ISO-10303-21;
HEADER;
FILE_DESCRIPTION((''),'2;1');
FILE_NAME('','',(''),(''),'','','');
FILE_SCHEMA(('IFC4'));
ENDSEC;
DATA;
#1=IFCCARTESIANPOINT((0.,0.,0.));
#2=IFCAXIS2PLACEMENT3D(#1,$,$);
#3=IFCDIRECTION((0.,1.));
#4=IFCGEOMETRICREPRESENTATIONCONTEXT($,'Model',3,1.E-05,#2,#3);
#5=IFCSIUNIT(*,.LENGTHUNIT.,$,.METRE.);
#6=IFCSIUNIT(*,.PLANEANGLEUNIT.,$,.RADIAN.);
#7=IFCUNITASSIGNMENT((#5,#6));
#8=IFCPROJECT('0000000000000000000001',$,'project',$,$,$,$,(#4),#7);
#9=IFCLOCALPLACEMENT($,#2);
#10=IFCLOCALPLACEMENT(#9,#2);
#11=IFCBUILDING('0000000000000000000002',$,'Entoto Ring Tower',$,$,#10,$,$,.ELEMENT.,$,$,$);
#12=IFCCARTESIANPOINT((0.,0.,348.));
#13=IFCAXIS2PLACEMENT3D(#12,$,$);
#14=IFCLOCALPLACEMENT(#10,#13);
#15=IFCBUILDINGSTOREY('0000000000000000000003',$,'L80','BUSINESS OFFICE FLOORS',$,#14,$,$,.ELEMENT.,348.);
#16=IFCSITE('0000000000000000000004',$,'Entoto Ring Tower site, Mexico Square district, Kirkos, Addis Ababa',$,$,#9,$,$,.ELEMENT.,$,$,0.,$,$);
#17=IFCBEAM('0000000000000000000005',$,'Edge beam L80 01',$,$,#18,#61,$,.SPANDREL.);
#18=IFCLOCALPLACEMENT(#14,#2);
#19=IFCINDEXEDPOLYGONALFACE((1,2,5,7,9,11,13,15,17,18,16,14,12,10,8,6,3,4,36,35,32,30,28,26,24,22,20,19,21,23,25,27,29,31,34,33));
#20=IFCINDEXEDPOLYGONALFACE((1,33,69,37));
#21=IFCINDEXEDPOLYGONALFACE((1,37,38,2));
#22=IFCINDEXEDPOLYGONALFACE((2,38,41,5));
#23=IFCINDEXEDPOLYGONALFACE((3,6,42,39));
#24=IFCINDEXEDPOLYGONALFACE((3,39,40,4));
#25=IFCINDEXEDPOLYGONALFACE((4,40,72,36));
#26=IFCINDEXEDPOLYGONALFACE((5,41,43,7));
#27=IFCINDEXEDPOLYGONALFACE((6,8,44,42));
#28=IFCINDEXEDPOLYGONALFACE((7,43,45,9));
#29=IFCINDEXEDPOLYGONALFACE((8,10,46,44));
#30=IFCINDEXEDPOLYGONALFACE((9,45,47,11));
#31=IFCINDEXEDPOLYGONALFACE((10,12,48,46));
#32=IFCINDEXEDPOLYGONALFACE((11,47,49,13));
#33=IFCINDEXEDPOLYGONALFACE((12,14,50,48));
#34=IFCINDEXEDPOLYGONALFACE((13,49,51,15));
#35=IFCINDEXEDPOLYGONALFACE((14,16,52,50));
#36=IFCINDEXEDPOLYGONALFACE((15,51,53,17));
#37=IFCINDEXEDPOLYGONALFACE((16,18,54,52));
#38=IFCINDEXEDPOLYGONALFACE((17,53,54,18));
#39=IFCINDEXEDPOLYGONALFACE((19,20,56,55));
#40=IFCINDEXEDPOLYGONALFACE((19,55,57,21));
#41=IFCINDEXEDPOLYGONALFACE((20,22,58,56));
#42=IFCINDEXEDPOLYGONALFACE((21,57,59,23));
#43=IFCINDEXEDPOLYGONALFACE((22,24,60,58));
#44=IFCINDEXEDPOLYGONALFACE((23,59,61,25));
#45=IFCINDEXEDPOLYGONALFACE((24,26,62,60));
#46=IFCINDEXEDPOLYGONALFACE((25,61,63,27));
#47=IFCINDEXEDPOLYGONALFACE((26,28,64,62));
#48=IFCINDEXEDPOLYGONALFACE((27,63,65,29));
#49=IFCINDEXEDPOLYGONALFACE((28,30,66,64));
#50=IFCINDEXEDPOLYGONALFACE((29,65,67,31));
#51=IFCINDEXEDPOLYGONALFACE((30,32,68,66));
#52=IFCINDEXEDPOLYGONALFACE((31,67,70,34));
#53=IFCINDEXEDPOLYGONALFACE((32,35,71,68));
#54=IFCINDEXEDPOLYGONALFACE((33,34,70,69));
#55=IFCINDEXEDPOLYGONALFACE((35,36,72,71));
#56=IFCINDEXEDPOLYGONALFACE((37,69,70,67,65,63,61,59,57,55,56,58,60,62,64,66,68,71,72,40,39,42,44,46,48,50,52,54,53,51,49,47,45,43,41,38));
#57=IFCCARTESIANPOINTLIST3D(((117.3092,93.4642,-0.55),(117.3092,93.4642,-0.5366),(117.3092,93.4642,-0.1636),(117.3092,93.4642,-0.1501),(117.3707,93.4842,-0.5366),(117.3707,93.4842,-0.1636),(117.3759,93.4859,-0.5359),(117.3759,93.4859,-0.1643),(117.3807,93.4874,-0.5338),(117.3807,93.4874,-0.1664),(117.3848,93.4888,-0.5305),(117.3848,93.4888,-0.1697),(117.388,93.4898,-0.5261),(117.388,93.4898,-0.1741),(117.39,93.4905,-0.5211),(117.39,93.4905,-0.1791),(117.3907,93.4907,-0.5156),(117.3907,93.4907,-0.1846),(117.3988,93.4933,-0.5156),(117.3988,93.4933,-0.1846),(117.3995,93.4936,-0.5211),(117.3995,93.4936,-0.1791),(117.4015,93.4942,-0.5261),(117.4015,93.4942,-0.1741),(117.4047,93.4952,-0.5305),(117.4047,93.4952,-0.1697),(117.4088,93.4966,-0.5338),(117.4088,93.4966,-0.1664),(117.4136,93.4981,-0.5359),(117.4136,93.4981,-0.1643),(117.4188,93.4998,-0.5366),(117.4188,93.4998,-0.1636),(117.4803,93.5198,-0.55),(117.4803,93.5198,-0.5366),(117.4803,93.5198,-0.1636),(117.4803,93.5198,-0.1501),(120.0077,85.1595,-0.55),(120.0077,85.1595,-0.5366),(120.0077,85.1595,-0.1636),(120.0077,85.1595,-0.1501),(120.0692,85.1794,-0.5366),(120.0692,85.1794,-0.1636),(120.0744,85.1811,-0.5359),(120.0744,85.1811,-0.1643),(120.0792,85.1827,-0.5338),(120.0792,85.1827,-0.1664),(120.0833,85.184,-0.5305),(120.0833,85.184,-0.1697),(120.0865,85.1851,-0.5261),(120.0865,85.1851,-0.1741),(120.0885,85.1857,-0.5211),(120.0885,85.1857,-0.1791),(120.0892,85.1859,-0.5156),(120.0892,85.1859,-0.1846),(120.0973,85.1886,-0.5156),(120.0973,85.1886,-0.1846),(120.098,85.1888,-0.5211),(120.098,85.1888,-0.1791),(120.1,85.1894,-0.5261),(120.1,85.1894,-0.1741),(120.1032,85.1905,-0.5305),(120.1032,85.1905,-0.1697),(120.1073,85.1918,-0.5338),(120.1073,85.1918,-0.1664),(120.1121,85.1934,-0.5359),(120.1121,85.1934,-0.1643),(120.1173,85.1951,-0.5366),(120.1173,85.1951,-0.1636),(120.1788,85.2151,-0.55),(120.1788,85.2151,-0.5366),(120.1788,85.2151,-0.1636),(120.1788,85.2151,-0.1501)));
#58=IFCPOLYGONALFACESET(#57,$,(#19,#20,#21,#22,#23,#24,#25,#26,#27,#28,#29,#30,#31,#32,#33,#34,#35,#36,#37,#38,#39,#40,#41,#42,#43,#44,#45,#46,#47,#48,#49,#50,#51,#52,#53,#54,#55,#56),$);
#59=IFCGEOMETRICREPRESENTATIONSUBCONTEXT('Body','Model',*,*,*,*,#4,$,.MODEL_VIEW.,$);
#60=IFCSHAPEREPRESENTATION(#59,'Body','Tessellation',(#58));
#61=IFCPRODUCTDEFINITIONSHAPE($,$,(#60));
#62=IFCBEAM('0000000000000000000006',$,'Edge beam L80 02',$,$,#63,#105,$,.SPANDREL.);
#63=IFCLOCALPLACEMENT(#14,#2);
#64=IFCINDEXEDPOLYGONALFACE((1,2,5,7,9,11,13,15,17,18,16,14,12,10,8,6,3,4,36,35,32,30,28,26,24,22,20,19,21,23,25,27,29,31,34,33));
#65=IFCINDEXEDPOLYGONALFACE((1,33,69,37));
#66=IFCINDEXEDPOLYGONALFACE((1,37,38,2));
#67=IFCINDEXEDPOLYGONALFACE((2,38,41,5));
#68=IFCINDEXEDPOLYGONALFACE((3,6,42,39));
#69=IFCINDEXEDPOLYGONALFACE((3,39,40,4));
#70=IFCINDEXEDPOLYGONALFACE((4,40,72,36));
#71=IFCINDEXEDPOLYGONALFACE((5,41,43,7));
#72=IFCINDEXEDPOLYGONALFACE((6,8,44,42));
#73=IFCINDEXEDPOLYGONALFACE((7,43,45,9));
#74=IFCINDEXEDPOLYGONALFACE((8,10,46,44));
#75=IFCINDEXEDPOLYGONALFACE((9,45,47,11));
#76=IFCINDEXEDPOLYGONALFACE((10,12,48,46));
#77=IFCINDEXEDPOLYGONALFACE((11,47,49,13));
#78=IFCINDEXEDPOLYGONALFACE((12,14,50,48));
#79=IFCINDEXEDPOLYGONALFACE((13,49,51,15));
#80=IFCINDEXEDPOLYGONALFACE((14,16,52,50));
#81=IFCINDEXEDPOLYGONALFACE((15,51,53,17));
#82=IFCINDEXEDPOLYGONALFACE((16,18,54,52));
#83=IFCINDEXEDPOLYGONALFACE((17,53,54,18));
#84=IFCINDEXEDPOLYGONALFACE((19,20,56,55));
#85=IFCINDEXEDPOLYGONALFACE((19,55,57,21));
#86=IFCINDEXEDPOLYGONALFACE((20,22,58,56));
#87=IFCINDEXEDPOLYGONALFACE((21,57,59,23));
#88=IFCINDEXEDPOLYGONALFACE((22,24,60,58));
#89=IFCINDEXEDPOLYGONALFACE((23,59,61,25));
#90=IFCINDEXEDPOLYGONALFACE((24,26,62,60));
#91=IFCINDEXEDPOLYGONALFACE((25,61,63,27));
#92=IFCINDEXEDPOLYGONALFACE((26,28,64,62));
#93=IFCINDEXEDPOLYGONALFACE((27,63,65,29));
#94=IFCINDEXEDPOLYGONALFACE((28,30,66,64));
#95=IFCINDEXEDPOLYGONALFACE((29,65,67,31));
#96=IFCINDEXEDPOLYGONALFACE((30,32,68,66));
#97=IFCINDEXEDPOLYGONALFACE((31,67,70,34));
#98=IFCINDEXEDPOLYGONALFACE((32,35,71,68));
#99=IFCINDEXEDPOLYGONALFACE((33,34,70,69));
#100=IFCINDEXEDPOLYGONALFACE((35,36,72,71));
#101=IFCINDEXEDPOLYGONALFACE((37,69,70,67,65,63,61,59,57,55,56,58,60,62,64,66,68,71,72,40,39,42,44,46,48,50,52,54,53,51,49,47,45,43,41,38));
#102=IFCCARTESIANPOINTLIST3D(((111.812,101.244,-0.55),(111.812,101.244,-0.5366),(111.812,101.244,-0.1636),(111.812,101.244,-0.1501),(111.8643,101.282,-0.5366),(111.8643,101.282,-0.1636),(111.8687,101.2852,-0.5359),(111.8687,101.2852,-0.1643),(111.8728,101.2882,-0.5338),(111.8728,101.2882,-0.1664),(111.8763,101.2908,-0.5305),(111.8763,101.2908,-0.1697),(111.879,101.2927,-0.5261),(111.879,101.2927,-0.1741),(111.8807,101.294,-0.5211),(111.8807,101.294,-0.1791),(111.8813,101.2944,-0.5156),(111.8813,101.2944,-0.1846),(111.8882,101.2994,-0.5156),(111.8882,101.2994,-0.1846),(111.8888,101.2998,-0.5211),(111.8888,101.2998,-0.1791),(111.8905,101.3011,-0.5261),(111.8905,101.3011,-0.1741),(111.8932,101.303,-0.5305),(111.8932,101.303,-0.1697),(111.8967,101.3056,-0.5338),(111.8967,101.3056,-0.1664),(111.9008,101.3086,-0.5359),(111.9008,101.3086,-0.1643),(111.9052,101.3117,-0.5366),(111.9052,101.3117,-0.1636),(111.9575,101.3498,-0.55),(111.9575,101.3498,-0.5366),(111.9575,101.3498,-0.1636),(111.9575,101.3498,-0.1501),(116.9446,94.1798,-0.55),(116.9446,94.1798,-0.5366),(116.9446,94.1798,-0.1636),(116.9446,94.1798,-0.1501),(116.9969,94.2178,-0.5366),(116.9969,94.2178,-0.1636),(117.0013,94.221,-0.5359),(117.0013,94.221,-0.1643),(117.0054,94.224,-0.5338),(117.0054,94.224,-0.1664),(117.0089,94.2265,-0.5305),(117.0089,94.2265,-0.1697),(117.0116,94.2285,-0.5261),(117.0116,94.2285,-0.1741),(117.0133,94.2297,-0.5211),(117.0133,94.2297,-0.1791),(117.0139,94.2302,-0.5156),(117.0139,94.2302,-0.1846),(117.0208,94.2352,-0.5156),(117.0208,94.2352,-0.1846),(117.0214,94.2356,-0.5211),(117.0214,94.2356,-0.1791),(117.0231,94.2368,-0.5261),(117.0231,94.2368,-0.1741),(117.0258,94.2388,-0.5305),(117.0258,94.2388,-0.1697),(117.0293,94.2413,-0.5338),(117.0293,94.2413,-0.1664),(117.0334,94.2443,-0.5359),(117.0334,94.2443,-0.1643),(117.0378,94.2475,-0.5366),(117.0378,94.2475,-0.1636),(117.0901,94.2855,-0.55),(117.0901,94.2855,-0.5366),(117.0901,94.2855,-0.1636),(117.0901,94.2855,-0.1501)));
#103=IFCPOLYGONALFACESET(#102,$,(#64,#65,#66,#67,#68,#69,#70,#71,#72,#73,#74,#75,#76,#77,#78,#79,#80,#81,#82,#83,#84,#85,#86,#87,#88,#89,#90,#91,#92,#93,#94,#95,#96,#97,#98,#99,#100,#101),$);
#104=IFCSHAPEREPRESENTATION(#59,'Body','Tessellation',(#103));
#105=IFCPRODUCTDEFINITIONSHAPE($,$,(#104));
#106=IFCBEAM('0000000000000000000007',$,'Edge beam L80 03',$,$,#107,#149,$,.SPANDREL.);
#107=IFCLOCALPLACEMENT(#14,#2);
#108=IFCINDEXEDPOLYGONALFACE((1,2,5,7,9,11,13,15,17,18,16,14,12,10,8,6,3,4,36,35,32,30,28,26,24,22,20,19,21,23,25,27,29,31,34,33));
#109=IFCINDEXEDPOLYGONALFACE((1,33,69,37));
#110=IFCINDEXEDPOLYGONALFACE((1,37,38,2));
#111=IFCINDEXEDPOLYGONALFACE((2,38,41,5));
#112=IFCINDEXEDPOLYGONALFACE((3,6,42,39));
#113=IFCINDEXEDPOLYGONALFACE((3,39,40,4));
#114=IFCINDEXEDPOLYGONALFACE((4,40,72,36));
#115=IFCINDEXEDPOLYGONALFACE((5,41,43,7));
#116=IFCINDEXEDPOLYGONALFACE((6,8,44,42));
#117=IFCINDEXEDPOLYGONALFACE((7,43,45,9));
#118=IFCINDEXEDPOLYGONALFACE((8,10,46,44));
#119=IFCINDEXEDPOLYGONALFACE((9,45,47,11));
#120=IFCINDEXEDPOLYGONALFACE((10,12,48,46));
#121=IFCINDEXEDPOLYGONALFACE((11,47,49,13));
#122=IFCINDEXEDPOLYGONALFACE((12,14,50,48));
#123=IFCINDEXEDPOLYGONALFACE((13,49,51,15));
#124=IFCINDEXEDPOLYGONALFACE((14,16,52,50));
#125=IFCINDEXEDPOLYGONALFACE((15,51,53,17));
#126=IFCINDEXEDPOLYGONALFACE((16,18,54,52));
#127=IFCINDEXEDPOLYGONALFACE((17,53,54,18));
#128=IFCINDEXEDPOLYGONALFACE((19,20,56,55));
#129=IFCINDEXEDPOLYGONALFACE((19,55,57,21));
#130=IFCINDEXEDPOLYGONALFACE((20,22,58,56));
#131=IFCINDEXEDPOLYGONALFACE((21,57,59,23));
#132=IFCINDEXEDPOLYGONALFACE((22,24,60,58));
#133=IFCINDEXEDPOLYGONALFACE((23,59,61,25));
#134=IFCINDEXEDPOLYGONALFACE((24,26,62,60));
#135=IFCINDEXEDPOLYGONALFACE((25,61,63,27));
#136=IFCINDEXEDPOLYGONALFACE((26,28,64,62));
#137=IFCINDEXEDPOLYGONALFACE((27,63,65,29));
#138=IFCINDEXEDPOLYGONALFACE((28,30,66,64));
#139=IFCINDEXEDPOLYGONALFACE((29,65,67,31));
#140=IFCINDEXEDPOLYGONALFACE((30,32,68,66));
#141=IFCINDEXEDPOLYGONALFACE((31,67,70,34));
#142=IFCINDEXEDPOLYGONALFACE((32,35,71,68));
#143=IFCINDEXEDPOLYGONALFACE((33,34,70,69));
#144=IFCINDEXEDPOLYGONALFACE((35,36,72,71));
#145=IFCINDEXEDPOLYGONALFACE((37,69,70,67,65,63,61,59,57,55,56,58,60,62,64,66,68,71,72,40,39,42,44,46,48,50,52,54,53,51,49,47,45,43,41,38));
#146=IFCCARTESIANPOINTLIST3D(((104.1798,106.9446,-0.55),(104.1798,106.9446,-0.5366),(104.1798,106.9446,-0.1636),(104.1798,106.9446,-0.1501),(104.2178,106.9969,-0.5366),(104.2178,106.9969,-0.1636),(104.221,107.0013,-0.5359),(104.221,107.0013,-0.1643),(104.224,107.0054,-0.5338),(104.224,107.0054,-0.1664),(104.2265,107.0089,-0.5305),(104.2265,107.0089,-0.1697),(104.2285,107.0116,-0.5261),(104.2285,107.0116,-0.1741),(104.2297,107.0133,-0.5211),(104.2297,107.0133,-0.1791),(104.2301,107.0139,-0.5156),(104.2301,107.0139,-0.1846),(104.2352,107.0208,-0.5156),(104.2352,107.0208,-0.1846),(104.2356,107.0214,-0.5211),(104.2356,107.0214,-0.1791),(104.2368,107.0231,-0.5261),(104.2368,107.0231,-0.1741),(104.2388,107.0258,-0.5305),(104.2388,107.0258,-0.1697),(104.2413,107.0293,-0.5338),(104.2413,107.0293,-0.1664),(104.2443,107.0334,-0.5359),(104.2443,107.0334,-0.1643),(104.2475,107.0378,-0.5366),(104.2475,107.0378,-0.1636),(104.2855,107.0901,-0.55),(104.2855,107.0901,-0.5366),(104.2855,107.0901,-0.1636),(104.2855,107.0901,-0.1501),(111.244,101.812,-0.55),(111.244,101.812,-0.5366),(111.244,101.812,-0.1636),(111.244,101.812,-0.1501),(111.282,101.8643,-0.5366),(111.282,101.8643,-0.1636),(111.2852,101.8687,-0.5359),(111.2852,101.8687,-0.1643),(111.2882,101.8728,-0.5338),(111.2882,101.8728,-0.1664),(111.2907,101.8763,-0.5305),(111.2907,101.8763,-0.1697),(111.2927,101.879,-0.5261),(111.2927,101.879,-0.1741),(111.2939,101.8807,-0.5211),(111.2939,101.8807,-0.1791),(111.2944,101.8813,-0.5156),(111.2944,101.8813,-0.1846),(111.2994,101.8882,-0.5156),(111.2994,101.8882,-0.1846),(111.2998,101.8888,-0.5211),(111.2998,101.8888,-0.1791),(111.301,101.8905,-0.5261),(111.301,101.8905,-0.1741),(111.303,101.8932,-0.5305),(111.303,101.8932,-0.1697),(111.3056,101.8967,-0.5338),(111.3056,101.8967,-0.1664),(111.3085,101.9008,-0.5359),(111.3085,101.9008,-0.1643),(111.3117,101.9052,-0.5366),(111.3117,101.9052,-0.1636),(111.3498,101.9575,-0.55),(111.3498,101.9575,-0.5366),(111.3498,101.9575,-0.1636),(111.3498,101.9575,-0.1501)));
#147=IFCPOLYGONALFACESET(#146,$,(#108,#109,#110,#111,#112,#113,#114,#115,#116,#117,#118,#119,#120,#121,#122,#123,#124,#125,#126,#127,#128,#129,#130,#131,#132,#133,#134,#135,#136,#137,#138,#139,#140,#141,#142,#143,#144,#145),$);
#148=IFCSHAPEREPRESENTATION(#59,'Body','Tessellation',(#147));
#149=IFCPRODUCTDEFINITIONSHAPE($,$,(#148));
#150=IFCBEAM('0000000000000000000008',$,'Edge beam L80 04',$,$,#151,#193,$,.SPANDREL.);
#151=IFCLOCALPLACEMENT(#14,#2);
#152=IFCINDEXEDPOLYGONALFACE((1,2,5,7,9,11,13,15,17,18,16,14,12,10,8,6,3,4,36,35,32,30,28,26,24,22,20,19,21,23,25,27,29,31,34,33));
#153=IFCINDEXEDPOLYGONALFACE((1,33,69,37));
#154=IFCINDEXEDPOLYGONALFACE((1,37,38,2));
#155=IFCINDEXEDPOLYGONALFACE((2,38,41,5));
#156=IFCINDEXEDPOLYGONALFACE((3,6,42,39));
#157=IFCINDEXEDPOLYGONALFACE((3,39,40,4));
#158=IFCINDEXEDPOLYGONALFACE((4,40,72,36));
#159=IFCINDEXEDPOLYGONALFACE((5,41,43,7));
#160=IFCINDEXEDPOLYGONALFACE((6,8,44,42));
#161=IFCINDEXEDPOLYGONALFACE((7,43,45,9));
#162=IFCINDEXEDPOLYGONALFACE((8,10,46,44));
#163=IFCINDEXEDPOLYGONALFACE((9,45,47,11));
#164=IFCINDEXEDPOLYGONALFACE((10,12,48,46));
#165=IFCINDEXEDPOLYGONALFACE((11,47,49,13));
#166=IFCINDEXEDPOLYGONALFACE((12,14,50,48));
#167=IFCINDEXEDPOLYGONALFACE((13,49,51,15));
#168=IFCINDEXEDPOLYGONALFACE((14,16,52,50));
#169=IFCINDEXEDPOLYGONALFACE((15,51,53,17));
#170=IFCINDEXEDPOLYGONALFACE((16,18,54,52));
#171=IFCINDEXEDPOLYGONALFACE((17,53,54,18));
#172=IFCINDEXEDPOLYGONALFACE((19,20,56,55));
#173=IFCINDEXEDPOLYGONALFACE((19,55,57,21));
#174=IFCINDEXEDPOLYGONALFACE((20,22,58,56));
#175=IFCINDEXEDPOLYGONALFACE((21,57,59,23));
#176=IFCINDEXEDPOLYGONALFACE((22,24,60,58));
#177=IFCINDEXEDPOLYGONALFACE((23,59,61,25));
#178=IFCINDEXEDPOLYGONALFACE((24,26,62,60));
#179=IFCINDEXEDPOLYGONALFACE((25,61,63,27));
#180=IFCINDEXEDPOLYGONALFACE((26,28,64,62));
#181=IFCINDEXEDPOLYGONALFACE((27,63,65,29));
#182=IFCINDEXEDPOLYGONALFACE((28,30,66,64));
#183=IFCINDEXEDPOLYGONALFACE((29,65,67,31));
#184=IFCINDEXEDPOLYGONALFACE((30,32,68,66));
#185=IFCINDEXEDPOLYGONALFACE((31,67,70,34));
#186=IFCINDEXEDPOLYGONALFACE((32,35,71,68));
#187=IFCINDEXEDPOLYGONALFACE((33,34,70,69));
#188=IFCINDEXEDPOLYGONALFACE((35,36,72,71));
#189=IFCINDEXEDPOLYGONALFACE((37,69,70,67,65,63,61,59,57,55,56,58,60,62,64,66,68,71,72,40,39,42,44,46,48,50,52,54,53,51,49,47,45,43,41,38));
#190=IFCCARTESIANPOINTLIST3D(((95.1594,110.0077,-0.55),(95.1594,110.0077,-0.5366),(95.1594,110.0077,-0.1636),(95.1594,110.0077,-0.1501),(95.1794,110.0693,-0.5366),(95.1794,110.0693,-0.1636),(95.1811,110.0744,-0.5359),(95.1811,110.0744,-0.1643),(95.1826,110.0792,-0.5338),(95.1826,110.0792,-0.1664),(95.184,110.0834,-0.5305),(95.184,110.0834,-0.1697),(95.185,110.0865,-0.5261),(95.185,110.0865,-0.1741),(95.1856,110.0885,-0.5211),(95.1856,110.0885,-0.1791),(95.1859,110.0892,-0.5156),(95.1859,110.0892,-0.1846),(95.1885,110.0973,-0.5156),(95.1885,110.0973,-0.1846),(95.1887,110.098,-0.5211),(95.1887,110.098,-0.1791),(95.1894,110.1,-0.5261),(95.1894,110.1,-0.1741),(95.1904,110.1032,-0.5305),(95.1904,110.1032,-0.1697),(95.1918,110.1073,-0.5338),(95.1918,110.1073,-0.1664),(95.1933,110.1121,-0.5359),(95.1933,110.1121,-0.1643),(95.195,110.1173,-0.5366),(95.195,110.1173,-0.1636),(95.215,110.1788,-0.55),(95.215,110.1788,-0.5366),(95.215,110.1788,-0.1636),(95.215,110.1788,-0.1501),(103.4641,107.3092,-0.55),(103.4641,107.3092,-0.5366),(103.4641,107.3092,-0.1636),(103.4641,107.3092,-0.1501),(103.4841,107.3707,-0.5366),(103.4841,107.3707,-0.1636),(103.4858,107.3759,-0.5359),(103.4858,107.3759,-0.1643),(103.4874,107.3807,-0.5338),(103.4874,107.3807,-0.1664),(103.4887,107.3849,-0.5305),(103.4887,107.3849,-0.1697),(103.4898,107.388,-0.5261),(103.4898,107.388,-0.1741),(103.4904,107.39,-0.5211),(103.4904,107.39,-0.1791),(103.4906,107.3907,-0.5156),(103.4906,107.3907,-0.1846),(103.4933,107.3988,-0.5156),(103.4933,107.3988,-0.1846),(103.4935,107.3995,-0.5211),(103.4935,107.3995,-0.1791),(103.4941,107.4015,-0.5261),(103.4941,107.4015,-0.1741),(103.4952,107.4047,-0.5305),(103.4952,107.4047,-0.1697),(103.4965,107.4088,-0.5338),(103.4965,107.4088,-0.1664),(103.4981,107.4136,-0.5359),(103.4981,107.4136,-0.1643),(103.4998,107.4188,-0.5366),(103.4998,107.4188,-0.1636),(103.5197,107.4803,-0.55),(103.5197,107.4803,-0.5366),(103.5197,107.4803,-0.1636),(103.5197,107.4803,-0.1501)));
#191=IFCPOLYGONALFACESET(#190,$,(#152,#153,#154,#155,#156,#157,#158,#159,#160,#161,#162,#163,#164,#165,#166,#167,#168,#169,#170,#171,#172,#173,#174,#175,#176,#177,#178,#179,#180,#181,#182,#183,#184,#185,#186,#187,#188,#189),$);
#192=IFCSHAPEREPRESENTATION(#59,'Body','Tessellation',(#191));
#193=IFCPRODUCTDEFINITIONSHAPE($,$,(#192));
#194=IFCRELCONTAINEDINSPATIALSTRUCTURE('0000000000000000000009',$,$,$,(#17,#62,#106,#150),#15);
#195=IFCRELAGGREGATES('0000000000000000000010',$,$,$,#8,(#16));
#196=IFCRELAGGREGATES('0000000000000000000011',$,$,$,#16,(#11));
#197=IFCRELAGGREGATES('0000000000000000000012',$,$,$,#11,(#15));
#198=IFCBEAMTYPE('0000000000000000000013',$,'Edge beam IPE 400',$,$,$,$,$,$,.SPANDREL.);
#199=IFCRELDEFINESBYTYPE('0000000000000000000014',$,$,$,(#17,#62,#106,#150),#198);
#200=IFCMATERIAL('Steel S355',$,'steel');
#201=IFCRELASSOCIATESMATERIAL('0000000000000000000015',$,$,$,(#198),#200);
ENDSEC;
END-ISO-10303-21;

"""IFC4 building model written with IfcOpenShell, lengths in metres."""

from ifc_helpers import new_model, si_unit, direction, frame, origin, origin_2d, place, context, subcontext, project, spatial, i_section, extrude, material, material_profile, profile_set, type_object, element, save


model = new_model("IFC4")

# Units and contexts
model_context = context("Model", 3, precision=1e-05, world=origin(), true_north=direction((0.0, 1.0)))
body_context = subcontext(model_context, "Body", "Model", "MODEL_VIEW")
ifc_project = project(units=[si_unit("LENGTHUNIT", "METRE"), si_unit("PLANEANGLEUNIT", "RADIAN")], contexts=[model_context])

# Site, building, storey
site_placement = place(None, origin())
site = spatial("IfcSite", under=ifc_project, at=site_placement, Name="Entoto Ring Tower site, Mexico Square district, Kirkos, Addis Ababa", CompositionType="ELEMENT", RefElevation=0.0)
building_placement = place(site_placement, origin())
building = spatial("IfcBuilding", under=site, at=building_placement, Name="Entoto Ring Tower", CompositionType="ELEMENT")
storey_placement = place(building_placement, frame((0.0, 0.0, 348.0)))
storey = spatial("IfcBuildingStorey", under=building, at=storey_placement, Name="L80", Description="BUSINESS OFFICE FLOORS", CompositionType="ELEMENT", Elevation=348.0)

# Beams
ifc_material_1 = material(Name="Steel S355", Category="steel")
ifc_material_profile_1 = material_profile(ifc_material_1, i_section(OverallWidth=0.1799, OverallDepth=0.3999, WebThickness=0.0085, FlangeThickness=0.0134, FilletRadius=0.021, at=origin_2d()), Name="IPE 400")
ifc_profile_set_1 = profile_set([ifc_material_profile_1], Name="Steel S355")
beam_type_1 = type_object("IfcBeamType", Name="Edge beam IPE 400", PredefinedType="SPANDREL", material=ifc_profile_set_1)
beam_1_placement = place(storey_placement, frame((120.0933, 85.1873, -0.3501), z_axis=(-0.30903, 0.951052, 0.0), x_axis=(-0.951052, -0.30903, 0.0)))
element("IfcBeam", 1, at=beam_1_placement, inside=storey, type_object=beam_type_1, Name="Edge beam L80 01", PredefinedType="SPANDREL", context=body_context, shape_type="SweptSolid", body=[
    extrude(i_section(OverallWidth=0.1799, OverallDepth=0.3999, WebThickness=0.0085, FlangeThickness=0.0134, FilletRadius=0.021, at=origin_2d()), origin(), (0.0, 0.0, 1.0), 8.7322),
])
for number, where, z_axis, x_axis, name in (
    (2, (117.0173, 94.2327, -0.3501), (-0.587794, 0.80901, 0.0), (-0.80901, -0.587794, 0.0), "Edge beam L80 02"),
    (3, (111.2969, 101.8848, -0.3501), (-0.80901, 0.587794, 0.0), (-0.587794, -0.80901, 0.0), "Edge beam L80 03"),
):
    element("IfcBeam", number, at=place(storey_placement, frame(where, z_axis=z_axis, x_axis=x_axis)), inside=storey, type_object=beam_type_1, Name=name, PredefinedType="SPANDREL", context=body_context, shape_type="SweptSolid", body=[
        extrude(i_section(OverallWidth=0.1799, OverallDepth=0.3999, WebThickness=0.0085, FlangeThickness=0.0134, FilletRadius=0.021, at=origin_2d()), origin(), (0.0, 0.0, 1.0), 8.7319),
    ])
beam_2_placement = place(storey_placement, frame((103.4919, 107.3948, -0.3501), z_axis=(-0.951052, 0.30903, 0.0), x_axis=(-0.30903, -0.951052, 0.0)))
element("IfcBeam", 4, at=beam_2_placement, inside=storey, type_object=beam_type_1, Name="Edge beam L80 04", PredefinedType="SPANDREL", context=body_context, shape_type="SweptSolid", body=[
    extrude(i_section(OverallWidth=0.1799, OverallDepth=0.3999, WebThickness=0.0085, FlangeThickness=0.0134, FilletRadius=0.021, at=origin_2d()), origin(), (0.0, 0.0, 1.0), 8.7322),
])

save(model, "model.ifc")
